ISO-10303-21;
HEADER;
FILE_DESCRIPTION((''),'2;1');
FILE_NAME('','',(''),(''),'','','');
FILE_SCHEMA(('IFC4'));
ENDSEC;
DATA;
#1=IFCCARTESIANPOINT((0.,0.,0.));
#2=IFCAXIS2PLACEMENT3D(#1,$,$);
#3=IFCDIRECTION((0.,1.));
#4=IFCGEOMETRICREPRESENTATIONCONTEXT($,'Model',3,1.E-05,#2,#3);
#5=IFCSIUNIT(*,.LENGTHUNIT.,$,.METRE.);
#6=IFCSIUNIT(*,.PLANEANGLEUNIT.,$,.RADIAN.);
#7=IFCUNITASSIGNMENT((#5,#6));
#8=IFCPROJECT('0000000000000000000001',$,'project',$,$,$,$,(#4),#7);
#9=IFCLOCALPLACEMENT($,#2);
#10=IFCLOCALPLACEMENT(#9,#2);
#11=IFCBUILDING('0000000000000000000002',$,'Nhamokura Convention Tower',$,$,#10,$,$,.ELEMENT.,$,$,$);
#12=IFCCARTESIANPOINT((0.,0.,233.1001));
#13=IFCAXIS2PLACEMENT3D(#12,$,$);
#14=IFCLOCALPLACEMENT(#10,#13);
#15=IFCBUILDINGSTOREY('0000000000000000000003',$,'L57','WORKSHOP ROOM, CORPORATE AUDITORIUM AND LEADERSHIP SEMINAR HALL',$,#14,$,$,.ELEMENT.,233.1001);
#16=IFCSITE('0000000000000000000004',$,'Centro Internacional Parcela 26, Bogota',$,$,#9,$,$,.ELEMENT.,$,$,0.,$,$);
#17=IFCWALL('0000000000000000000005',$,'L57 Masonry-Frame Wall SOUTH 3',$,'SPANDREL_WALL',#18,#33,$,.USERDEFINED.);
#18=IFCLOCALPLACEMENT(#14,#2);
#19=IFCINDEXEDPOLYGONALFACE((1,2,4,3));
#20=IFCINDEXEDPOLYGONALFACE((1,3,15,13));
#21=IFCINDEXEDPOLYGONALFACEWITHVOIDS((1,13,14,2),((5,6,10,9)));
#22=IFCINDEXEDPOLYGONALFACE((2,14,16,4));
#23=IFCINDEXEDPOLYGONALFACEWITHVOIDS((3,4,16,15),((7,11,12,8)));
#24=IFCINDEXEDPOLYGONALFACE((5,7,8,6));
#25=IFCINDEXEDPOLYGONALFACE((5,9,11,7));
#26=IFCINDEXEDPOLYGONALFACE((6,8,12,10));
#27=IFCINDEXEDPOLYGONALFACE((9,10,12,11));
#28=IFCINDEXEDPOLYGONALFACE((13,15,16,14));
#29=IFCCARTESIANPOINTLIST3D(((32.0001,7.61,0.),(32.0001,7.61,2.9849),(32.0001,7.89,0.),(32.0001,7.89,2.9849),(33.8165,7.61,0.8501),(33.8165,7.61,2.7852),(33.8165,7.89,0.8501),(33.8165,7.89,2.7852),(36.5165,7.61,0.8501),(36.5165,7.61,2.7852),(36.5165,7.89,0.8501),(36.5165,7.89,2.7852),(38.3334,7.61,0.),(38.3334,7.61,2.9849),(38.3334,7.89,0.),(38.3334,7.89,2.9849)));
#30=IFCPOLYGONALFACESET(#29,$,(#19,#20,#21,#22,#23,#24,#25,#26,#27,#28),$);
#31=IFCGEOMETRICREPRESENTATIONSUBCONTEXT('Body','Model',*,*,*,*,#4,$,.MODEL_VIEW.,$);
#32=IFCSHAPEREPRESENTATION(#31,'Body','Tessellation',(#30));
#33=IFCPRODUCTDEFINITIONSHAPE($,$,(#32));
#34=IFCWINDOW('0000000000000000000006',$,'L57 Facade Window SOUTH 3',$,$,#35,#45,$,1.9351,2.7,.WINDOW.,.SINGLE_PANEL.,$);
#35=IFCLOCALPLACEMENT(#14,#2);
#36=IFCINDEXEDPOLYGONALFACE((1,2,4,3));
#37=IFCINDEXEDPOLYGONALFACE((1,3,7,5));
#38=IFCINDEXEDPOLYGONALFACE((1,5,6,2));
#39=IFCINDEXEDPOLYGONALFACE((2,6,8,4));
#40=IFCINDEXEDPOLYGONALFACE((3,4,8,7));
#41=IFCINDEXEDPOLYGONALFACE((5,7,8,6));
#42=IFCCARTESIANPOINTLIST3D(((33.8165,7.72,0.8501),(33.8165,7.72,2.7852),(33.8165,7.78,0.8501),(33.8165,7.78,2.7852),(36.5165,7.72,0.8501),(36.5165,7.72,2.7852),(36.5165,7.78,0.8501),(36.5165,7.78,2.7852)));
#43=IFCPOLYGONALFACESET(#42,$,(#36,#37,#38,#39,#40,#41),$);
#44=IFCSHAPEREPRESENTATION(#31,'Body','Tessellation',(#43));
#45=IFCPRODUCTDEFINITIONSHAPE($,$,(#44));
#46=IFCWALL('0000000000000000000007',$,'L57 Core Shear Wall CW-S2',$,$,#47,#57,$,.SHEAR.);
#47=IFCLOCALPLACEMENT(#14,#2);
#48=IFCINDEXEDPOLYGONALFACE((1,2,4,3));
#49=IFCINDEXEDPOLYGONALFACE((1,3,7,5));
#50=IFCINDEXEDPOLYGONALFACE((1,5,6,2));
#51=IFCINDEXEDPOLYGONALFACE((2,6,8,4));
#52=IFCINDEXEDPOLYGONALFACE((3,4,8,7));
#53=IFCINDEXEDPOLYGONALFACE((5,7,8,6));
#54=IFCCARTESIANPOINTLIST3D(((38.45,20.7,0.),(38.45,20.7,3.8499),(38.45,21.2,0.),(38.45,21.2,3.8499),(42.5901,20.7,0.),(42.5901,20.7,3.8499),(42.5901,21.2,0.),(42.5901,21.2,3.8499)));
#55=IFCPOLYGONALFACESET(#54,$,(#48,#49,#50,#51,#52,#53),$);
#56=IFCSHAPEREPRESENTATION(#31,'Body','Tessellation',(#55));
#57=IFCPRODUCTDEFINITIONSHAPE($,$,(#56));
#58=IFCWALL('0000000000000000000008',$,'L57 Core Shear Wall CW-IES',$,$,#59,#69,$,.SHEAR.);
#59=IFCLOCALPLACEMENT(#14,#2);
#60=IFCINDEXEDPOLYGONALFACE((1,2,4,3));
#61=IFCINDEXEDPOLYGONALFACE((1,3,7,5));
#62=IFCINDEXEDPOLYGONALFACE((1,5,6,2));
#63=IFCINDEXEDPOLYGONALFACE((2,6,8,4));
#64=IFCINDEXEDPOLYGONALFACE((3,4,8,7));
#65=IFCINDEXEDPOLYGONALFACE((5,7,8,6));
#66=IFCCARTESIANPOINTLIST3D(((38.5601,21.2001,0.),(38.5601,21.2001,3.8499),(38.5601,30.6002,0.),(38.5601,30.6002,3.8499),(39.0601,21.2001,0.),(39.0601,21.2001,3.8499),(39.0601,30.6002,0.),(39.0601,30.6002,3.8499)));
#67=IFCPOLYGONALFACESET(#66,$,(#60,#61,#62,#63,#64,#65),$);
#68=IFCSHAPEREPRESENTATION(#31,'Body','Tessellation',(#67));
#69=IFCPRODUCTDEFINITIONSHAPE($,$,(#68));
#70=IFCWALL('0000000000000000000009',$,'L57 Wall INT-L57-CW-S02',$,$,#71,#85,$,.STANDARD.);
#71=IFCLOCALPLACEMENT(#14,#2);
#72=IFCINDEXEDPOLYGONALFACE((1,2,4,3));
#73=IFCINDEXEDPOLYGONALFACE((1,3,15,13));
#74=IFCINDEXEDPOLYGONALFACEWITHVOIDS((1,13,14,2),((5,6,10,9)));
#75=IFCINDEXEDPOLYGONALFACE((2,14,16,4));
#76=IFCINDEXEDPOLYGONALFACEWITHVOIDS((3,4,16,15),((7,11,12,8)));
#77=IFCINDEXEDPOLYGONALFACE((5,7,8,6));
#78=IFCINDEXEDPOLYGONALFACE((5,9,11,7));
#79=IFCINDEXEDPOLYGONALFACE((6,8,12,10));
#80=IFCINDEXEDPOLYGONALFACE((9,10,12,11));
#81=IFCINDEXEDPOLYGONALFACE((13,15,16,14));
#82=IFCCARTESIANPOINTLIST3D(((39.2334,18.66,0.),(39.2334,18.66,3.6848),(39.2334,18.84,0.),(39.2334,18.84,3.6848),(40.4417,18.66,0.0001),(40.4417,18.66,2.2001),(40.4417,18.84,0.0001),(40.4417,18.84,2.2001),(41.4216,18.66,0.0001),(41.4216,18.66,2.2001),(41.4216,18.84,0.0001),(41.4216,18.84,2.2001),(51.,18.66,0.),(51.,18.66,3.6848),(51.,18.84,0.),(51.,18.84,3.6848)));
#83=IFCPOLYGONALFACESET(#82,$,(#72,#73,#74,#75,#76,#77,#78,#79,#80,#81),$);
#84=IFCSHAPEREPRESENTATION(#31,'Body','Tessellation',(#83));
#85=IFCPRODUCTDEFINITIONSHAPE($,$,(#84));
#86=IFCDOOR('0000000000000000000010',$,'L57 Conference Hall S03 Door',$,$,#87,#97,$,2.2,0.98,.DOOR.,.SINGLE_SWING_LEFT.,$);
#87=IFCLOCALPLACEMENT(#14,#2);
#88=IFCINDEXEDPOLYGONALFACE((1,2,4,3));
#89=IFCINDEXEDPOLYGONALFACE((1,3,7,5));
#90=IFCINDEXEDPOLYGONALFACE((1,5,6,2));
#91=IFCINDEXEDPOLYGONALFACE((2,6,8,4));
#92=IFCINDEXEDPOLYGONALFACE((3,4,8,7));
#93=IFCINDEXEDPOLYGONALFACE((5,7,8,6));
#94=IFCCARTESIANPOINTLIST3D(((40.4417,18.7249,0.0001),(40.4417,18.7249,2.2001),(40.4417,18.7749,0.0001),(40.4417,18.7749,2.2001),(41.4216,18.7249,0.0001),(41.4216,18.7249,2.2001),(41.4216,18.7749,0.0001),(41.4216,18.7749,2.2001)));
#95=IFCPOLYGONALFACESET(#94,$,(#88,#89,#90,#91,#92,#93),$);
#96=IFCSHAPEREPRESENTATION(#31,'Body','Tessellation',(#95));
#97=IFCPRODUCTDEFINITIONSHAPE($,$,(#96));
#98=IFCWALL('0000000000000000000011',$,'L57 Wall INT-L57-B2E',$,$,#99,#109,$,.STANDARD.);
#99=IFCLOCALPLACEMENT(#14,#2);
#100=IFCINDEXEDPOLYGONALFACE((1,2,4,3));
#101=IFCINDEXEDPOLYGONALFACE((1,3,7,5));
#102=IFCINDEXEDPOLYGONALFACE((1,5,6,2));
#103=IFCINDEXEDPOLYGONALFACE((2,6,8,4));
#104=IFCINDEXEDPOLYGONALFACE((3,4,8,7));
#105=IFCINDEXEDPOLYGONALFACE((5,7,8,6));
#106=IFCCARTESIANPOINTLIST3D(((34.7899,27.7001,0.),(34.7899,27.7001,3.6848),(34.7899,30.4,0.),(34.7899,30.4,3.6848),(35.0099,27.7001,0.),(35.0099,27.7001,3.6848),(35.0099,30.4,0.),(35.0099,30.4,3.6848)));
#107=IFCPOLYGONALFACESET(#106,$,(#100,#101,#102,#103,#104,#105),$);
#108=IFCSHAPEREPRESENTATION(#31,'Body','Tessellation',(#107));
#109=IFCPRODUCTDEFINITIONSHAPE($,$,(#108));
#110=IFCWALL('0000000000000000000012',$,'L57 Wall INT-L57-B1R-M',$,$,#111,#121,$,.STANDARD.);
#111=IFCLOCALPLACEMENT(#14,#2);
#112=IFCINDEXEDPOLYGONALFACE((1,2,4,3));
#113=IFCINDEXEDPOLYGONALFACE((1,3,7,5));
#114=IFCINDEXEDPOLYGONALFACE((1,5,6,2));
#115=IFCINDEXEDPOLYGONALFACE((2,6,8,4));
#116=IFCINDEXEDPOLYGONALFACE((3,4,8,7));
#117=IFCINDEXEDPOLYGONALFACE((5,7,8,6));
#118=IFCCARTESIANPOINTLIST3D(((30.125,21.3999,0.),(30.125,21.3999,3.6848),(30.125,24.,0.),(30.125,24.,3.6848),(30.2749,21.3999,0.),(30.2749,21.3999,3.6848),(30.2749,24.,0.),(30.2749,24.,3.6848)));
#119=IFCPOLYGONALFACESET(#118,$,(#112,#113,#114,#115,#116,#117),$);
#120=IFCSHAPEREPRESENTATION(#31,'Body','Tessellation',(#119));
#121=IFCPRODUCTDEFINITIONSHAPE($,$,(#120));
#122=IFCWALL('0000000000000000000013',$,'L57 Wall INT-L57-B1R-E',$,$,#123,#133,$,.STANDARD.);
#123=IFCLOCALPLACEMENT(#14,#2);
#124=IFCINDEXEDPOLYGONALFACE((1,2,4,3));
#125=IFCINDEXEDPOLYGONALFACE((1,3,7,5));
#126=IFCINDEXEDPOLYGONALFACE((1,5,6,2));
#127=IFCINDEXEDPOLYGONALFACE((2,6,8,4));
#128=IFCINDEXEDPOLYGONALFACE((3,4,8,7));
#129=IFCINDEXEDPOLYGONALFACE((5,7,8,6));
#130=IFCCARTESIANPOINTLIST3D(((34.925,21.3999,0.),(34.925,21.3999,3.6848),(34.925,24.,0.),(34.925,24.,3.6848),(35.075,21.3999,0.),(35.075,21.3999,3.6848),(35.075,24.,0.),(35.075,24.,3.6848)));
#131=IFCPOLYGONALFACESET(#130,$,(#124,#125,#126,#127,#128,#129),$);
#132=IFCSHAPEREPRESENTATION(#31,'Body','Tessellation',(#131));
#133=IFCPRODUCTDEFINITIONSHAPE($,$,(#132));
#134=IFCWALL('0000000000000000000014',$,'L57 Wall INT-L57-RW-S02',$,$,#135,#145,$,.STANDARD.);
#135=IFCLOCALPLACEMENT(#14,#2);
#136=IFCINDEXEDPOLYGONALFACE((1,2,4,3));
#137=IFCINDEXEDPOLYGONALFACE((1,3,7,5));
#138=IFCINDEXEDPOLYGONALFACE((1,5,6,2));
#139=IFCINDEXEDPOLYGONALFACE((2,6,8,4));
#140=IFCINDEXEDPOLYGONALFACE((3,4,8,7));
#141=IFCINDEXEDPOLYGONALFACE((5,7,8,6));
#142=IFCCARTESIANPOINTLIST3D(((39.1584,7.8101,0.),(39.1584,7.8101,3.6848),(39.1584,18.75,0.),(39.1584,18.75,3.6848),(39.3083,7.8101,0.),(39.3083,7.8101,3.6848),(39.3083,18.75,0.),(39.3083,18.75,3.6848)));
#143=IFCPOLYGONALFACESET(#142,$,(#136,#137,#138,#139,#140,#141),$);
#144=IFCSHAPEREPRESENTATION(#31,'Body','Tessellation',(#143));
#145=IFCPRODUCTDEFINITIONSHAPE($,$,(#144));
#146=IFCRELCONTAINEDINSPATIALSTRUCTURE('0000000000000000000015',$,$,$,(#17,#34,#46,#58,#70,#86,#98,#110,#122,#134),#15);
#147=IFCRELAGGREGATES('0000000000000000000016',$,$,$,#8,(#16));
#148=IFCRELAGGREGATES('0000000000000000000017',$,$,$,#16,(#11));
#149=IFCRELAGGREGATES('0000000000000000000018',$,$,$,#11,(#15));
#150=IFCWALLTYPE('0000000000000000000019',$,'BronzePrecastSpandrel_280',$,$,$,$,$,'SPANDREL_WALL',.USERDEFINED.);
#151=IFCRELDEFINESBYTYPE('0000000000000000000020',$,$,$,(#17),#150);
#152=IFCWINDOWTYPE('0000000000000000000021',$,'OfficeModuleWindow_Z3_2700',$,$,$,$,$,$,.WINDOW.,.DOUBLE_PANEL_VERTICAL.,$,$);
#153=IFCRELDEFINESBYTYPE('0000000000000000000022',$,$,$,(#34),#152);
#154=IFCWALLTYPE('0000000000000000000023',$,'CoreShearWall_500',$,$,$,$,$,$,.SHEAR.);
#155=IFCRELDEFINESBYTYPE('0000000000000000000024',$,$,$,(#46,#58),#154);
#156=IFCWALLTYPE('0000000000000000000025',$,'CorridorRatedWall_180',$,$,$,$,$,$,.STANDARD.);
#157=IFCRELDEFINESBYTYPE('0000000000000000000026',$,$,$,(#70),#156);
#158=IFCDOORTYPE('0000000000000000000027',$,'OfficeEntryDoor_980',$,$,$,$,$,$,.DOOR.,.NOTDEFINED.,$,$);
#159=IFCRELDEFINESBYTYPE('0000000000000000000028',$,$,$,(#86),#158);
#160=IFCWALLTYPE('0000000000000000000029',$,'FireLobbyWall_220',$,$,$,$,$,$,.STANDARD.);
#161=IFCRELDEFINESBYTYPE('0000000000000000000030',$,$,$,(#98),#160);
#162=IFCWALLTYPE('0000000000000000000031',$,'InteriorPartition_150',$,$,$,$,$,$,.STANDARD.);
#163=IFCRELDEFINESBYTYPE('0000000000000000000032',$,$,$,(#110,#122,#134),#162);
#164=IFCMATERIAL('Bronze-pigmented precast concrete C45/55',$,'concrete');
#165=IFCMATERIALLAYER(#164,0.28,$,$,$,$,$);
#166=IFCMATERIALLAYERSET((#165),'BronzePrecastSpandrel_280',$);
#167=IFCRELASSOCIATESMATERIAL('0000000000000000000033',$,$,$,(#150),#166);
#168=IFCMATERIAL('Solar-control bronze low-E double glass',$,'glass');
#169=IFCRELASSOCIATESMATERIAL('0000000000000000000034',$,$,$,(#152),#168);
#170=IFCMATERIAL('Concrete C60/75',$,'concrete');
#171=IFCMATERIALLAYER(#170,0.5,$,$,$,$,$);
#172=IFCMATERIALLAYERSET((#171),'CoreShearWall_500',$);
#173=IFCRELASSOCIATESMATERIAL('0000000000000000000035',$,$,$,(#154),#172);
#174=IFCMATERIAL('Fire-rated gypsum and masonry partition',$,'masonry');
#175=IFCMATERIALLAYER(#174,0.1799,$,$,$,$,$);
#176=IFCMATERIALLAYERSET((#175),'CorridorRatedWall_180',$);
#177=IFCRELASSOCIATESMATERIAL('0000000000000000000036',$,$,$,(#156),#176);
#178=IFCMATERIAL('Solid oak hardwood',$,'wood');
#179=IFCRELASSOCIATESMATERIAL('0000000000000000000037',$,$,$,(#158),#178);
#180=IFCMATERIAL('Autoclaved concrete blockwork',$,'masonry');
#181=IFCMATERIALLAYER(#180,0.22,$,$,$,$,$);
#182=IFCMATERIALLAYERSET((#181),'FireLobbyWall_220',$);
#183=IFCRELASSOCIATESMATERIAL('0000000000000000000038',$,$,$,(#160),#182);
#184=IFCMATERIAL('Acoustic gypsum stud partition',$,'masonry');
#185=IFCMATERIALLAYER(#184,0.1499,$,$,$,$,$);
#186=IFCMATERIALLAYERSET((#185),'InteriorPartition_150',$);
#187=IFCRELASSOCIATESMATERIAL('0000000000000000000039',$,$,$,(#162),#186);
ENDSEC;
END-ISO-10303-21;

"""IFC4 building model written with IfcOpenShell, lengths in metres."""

from ifc_helpers import new_model, si_unit, direction, frame, frame_2d, origin, place, context, subcontext, project, spatial, rectangle, extrude, material, layer, layer_set, type_object, element, fill, save


model = new_model("IFC4")

# Units and contexts
model_context = context("Model", 3, precision=1e-05, world=origin(), true_north=direction((0.0, 1.0)))
body_context = subcontext(model_context, "Body", "Model", "MODEL_VIEW")
ifc_project = project(units=[si_unit("LENGTHUNIT", "METRE"), si_unit("PLANEANGLEUNIT", "RADIAN")], contexts=[model_context])

# Site, building, storey
site_placement = place(None, origin())
site = spatial("IfcSite", under=ifc_project, at=site_placement, Name="Centro Internacional Parcela 26, Bogota", CompositionType="ELEMENT", RefElevation=0.0)
building_placement = place(site_placement, origin())
building = spatial("IfcBuilding", under=site, at=building_placement, Name="Nhamokura Convention Tower", CompositionType="ELEMENT")
storey_placement = place(building_placement, frame((0.0, 0.0, 233.1001)))
storey = spatial("IfcBuildingStorey", under=building, at=storey_placement, Name="L57", Description="WORKSHOP ROOM, CORPORATE AUDITORIUM AND LEADERSHIP SEMINAR HALL", CompositionType="ELEMENT", Elevation=233.1001)

# Wall, opening, window
ifc_material_1 = material(Name="Bronze-pigmented precast concrete C45/55", Category="concrete")
ifc_layer_1 = layer(ifc_material_1, 0.28)
ifc_layer_set_1 = layer_set([ifc_layer_1], Name="BronzePrecastSpandrel_280")
wall_type_1 = type_object("IfcWallType", Name="BronzePrecastSpandrel_280", ElementType="SPANDREL_WALL", PredefinedType="USERDEFINED", material=ifc_layer_set_1)
ifc_material_2 = material(Name="Solar-control bronze low-E double glass", Category="glass")
window_type = type_object("IfcWindowType", Name="OfficeModuleWindow_Z3_2700", PartitioningType="DOUBLE_PANEL_VERTICAL", PredefinedType="WINDOW", material=ifc_material_2)
wall_1_placement = place(storey_placement, frame((38.3333, 7.75, 0.0), z_axis=(0.0, 0.0, 1.0), x_axis=(-1.0, 0.0, 0.0)))
wall_1 = element("IfcWall", 1, at=wall_1_placement, inside=storey, type_object=wall_type_1, Name="L57 Masonry-Frame Wall SOUTH 3", ObjectType="SPANDREL_WALL", PredefinedType="USERDEFINED", context=body_context, shape_type="SweptSolid", body=[
    extrude(rectangle(XDim=6.3333, YDim=0.28, at=frame_2d((3.1665, 0.0))), origin(), (0.0, 0.0, 1.0), 2.9849),
])
opening_1_placement = place(wall_1_placement, frame((1.8167, 0.0, 0.8501)))
opening_1 = element("IfcOpeningElement", 2, at=opening_1_placement, cuts=wall_1, PredefinedType="OPENING", context=body_context, shape_type="SweptSolid", body=[
    extrude(rectangle(XDim=2.7, YDim=1.9351, at=frame_2d((1.3501, 0.9675))), frame((0.0, 0.1499, 0.0), z_axis=(0.0, -1.0, 0.0), x_axis=(1.0, 0.0, 0.0)), (0.0, 0.0, 1.0), 0.3),
])
window_1_placement = place(opening_1_placement, origin())
window_1 = element("IfcWindow", 3, at=window_1_placement, inside=storey, type_object=window_type, Name="L57 Facade Window SOUTH 3", OverallHeight=1.9351, OverallWidth=2.7, PartitioningType="SINGLE_PANEL", PredefinedType="WINDOW", context=body_context, shape_type="SweptSolid", body=[
    extrude(rectangle(XDim=2.7, YDim=1.9351, at=frame_2d((1.3501, 0.9675))), frame((0.0, 0.03, 0.0), z_axis=(0.0, -1.0, 0.0), x_axis=(1.0, 0.0, 0.0)), (0.0, 0.0, 1.0), 0.0601),
])
fill(opening_1, window_1)

# Walls
ifc_material_3 = material(Name="Concrete C60/75", Category="concrete")
ifc_layer_2 = layer(ifc_material_3, 0.5)
ifc_layer_set_2 = layer_set([ifc_layer_2], Name="CoreShearWall_500")
wall_type_2 = type_object("IfcWallType", Name="CoreShearWall_500", PredefinedType="SHEAR", material=ifc_layer_set_2)
wall_2_placement = place(storey_placement, frame((38.45, 20.95, 0.0), z_axis=(0.0, 0.0, 1.0), x_axis=(1.0, 0.0, 0.0)))
element("IfcWall", 4, at=wall_2_placement, inside=storey, type_object=wall_type_2, Name="L57 Core Shear Wall CW-S2", PredefinedType="SHEAR", context=body_context, shape_type="SweptSolid", body=[
    extrude(rectangle(XDim=4.1401, YDim=0.5, at=frame_2d((2.0701, 0.0))), origin(), (0.0, 0.0, 1.0), 3.8499),
])
wall_3_placement = place(storey_placement, frame((38.8101, 21.2, 0.0), z_axis=(0.0, 0.0, 1.0), x_axis=(0.0, 1.0, 0.0)))
element("IfcWall", 5, at=wall_3_placement, inside=storey, type_object=wall_type_2, Name="L57 Core Shear Wall CW-IES", PredefinedType="SHEAR", context=body_context, shape_type="SweptSolid", body=[
    extrude(rectangle(XDim=9.4001, YDim=0.5, at=frame_2d((4.7002, 0.0))), origin(), (0.0, 0.0, 1.0), 3.8499),
])

# Wall, opening, door
ifc_material_4 = material(Name="Fire-rated gypsum and masonry partition", Category="masonry")
ifc_layer_3 = layer(ifc_material_4, 0.1799)
ifc_layer_set_3 = layer_set([ifc_layer_3], Name="CorridorRatedWall_180")
wall_type_3 = type_object("IfcWallType", Name="CorridorRatedWall_180", PredefinedType="STANDARD", material=ifc_layer_set_3)
wall_4_placement = place(storey_placement, frame((39.2334, 18.75, 0.0), z_axis=(0.0, 0.0, 1.0), x_axis=(1.0, 0.0, 0.0)))
wall_4 = element("IfcWall", 6, at=wall_4_placement, inside=storey, type_object=wall_type_3, Name="L57 Wall INT-L57-CW-S02", PredefinedType="STANDARD", context=body_context, shape_type="SweptSolid", body=[
    extrude(rectangle(XDim=11.7666, YDim=0.1799, at=frame_2d((5.8833, 0.0))), origin(), (0.0, 0.0, 1.0), 3.6848),
])
opening_2_placement = place(wall_4_placement, frame((1.2083, 0.0, 0.0)))
opening_2 = element("IfcOpeningElement", 7, at=opening_2_placement, cuts=wall_4, PredefinedType="OPENING", context=body_context, shape_type="SweptSolid", body=[
    extrude(rectangle(XDim=0.98, YDim=2.2, at=frame_2d((0.49, 1.1001))), frame((0.0, 0.0999, 0.0), z_axis=(0.0, -1.0, 0.0), x_axis=(1.0, 0.0, 0.0)), (0.0, 0.0, 1.0), 0.2),
])
ifc_material_5 = material(Name="Solid oak hardwood", Category="wood")
door_type_1 = type_object("IfcDoorType", Name="OfficeEntryDoor_980", OperationType="NOTDEFINED", PredefinedType="DOOR", material=ifc_material_5)
door_1_placement = place(opening_2_placement, origin())
door_1 = element("IfcDoor", 8, at=door_1_placement, inside=storey, type_object=door_type_1, Name="L57 Conference Hall S03 Door", OperationType="SINGLE_SWING_LEFT", OverallHeight=2.2, OverallWidth=0.98, PredefinedType="DOOR", context=body_context, shape_type="SweptSolid", body=[
    extrude(rectangle(XDim=0.98, YDim=2.2, at=frame_2d((0.49, 1.1001))), frame((0.0, 0.0249, 0.0), z_axis=(0.0, -1.0, 0.0), x_axis=(1.0, 0.0, 0.0)), (0.0, 0.0, 1.0), 0.05),
])
fill(opening_2, door_1)
ifc_material_6 = material(Name="Autoclaved concrete blockwork", Category="masonry")
ifc_layer_4 = layer(ifc_material_6, 0.22)
ifc_layer_set_4 = layer_set([ifc_layer_4], Name="FireLobbyWall_220")
wall_type_4 = type_object("IfcWallType", Name="FireLobbyWall_220", PredefinedType="STANDARD", material=ifc_layer_set_4)

# Walls
wall_5_placement = place(storey_placement, frame((34.8999, 27.7, 0.0), z_axis=(0.0, 0.0, 1.0), x_axis=(0.0, 1.0, 0.0)))
element("IfcWall", 9, at=wall_5_placement, inside=storey, type_object=wall_type_4, Name="L57 Wall INT-L57-B2E", PredefinedType="STANDARD", context=body_context, shape_type="SweptSolid", body=[
    extrude(rectangle(XDim=2.7, YDim=0.22, at=frame_2d((1.3501, 0.0))), origin(), (0.0, 0.0, 1.0), 3.6848),
])
ifc_material_7 = material(Name="Acoustic gypsum stud partition", Category="masonry")
ifc_layer_5 = layer(ifc_material_7, 0.1499)
ifc_layer_set_5 = layer_set([ifc_layer_5], Name="InteriorPartition_150")
wall_type_5 = type_object("IfcWallType", Name="InteriorPartition_150", PredefinedType="STANDARD", material=ifc_layer_set_5)
for number, where, z_axis, x_axis, name in (
    (10, (30.2, 21.3999, 0.0), (0.0, 0.0, 1.0), (0.0, 1.0, 0.0), "L57 Wall INT-L57-B1R-M"),
    (11, (35.0, 21.3999, 0.0), (0.0, 0.0, 1.0), (0.0, 1.0, 0.0), "L57 Wall INT-L57-B1R-E"),
):
    element("IfcWall", number, at=place(storey_placement, frame(where, z_axis=z_axis, x_axis=x_axis)), inside=storey, type_object=wall_type_5, Name=name, PredefinedType="STANDARD", context=body_context, shape_type="SweptSolid", body=[
        extrude(rectangle(XDim=2.6001, YDim=0.1499, at=frame_2d((1.3, 0.0))), origin(), (0.0, 0.0, 1.0), 3.6848),
    ])
wall_6_placement = place(storey_placement, frame((39.2334, 7.8101, 0.0), z_axis=(0.0, 0.0, 1.0), x_axis=(0.0, 1.0, 0.0)))
element("IfcWall", 12, at=wall_6_placement, inside=storey, type_object=wall_type_5, Name="L57 Wall INT-L57-RW-S02", PredefinedType="STANDARD", context=body_context, shape_type="SweptSolid", body=[
    extrude(rectangle(XDim=10.9399, YDim=0.1499, at=frame_2d((5.47, 0.0))), origin(), (0.0, 0.0, 1.0), 3.6848),
])

save(model, "model.ifc")
